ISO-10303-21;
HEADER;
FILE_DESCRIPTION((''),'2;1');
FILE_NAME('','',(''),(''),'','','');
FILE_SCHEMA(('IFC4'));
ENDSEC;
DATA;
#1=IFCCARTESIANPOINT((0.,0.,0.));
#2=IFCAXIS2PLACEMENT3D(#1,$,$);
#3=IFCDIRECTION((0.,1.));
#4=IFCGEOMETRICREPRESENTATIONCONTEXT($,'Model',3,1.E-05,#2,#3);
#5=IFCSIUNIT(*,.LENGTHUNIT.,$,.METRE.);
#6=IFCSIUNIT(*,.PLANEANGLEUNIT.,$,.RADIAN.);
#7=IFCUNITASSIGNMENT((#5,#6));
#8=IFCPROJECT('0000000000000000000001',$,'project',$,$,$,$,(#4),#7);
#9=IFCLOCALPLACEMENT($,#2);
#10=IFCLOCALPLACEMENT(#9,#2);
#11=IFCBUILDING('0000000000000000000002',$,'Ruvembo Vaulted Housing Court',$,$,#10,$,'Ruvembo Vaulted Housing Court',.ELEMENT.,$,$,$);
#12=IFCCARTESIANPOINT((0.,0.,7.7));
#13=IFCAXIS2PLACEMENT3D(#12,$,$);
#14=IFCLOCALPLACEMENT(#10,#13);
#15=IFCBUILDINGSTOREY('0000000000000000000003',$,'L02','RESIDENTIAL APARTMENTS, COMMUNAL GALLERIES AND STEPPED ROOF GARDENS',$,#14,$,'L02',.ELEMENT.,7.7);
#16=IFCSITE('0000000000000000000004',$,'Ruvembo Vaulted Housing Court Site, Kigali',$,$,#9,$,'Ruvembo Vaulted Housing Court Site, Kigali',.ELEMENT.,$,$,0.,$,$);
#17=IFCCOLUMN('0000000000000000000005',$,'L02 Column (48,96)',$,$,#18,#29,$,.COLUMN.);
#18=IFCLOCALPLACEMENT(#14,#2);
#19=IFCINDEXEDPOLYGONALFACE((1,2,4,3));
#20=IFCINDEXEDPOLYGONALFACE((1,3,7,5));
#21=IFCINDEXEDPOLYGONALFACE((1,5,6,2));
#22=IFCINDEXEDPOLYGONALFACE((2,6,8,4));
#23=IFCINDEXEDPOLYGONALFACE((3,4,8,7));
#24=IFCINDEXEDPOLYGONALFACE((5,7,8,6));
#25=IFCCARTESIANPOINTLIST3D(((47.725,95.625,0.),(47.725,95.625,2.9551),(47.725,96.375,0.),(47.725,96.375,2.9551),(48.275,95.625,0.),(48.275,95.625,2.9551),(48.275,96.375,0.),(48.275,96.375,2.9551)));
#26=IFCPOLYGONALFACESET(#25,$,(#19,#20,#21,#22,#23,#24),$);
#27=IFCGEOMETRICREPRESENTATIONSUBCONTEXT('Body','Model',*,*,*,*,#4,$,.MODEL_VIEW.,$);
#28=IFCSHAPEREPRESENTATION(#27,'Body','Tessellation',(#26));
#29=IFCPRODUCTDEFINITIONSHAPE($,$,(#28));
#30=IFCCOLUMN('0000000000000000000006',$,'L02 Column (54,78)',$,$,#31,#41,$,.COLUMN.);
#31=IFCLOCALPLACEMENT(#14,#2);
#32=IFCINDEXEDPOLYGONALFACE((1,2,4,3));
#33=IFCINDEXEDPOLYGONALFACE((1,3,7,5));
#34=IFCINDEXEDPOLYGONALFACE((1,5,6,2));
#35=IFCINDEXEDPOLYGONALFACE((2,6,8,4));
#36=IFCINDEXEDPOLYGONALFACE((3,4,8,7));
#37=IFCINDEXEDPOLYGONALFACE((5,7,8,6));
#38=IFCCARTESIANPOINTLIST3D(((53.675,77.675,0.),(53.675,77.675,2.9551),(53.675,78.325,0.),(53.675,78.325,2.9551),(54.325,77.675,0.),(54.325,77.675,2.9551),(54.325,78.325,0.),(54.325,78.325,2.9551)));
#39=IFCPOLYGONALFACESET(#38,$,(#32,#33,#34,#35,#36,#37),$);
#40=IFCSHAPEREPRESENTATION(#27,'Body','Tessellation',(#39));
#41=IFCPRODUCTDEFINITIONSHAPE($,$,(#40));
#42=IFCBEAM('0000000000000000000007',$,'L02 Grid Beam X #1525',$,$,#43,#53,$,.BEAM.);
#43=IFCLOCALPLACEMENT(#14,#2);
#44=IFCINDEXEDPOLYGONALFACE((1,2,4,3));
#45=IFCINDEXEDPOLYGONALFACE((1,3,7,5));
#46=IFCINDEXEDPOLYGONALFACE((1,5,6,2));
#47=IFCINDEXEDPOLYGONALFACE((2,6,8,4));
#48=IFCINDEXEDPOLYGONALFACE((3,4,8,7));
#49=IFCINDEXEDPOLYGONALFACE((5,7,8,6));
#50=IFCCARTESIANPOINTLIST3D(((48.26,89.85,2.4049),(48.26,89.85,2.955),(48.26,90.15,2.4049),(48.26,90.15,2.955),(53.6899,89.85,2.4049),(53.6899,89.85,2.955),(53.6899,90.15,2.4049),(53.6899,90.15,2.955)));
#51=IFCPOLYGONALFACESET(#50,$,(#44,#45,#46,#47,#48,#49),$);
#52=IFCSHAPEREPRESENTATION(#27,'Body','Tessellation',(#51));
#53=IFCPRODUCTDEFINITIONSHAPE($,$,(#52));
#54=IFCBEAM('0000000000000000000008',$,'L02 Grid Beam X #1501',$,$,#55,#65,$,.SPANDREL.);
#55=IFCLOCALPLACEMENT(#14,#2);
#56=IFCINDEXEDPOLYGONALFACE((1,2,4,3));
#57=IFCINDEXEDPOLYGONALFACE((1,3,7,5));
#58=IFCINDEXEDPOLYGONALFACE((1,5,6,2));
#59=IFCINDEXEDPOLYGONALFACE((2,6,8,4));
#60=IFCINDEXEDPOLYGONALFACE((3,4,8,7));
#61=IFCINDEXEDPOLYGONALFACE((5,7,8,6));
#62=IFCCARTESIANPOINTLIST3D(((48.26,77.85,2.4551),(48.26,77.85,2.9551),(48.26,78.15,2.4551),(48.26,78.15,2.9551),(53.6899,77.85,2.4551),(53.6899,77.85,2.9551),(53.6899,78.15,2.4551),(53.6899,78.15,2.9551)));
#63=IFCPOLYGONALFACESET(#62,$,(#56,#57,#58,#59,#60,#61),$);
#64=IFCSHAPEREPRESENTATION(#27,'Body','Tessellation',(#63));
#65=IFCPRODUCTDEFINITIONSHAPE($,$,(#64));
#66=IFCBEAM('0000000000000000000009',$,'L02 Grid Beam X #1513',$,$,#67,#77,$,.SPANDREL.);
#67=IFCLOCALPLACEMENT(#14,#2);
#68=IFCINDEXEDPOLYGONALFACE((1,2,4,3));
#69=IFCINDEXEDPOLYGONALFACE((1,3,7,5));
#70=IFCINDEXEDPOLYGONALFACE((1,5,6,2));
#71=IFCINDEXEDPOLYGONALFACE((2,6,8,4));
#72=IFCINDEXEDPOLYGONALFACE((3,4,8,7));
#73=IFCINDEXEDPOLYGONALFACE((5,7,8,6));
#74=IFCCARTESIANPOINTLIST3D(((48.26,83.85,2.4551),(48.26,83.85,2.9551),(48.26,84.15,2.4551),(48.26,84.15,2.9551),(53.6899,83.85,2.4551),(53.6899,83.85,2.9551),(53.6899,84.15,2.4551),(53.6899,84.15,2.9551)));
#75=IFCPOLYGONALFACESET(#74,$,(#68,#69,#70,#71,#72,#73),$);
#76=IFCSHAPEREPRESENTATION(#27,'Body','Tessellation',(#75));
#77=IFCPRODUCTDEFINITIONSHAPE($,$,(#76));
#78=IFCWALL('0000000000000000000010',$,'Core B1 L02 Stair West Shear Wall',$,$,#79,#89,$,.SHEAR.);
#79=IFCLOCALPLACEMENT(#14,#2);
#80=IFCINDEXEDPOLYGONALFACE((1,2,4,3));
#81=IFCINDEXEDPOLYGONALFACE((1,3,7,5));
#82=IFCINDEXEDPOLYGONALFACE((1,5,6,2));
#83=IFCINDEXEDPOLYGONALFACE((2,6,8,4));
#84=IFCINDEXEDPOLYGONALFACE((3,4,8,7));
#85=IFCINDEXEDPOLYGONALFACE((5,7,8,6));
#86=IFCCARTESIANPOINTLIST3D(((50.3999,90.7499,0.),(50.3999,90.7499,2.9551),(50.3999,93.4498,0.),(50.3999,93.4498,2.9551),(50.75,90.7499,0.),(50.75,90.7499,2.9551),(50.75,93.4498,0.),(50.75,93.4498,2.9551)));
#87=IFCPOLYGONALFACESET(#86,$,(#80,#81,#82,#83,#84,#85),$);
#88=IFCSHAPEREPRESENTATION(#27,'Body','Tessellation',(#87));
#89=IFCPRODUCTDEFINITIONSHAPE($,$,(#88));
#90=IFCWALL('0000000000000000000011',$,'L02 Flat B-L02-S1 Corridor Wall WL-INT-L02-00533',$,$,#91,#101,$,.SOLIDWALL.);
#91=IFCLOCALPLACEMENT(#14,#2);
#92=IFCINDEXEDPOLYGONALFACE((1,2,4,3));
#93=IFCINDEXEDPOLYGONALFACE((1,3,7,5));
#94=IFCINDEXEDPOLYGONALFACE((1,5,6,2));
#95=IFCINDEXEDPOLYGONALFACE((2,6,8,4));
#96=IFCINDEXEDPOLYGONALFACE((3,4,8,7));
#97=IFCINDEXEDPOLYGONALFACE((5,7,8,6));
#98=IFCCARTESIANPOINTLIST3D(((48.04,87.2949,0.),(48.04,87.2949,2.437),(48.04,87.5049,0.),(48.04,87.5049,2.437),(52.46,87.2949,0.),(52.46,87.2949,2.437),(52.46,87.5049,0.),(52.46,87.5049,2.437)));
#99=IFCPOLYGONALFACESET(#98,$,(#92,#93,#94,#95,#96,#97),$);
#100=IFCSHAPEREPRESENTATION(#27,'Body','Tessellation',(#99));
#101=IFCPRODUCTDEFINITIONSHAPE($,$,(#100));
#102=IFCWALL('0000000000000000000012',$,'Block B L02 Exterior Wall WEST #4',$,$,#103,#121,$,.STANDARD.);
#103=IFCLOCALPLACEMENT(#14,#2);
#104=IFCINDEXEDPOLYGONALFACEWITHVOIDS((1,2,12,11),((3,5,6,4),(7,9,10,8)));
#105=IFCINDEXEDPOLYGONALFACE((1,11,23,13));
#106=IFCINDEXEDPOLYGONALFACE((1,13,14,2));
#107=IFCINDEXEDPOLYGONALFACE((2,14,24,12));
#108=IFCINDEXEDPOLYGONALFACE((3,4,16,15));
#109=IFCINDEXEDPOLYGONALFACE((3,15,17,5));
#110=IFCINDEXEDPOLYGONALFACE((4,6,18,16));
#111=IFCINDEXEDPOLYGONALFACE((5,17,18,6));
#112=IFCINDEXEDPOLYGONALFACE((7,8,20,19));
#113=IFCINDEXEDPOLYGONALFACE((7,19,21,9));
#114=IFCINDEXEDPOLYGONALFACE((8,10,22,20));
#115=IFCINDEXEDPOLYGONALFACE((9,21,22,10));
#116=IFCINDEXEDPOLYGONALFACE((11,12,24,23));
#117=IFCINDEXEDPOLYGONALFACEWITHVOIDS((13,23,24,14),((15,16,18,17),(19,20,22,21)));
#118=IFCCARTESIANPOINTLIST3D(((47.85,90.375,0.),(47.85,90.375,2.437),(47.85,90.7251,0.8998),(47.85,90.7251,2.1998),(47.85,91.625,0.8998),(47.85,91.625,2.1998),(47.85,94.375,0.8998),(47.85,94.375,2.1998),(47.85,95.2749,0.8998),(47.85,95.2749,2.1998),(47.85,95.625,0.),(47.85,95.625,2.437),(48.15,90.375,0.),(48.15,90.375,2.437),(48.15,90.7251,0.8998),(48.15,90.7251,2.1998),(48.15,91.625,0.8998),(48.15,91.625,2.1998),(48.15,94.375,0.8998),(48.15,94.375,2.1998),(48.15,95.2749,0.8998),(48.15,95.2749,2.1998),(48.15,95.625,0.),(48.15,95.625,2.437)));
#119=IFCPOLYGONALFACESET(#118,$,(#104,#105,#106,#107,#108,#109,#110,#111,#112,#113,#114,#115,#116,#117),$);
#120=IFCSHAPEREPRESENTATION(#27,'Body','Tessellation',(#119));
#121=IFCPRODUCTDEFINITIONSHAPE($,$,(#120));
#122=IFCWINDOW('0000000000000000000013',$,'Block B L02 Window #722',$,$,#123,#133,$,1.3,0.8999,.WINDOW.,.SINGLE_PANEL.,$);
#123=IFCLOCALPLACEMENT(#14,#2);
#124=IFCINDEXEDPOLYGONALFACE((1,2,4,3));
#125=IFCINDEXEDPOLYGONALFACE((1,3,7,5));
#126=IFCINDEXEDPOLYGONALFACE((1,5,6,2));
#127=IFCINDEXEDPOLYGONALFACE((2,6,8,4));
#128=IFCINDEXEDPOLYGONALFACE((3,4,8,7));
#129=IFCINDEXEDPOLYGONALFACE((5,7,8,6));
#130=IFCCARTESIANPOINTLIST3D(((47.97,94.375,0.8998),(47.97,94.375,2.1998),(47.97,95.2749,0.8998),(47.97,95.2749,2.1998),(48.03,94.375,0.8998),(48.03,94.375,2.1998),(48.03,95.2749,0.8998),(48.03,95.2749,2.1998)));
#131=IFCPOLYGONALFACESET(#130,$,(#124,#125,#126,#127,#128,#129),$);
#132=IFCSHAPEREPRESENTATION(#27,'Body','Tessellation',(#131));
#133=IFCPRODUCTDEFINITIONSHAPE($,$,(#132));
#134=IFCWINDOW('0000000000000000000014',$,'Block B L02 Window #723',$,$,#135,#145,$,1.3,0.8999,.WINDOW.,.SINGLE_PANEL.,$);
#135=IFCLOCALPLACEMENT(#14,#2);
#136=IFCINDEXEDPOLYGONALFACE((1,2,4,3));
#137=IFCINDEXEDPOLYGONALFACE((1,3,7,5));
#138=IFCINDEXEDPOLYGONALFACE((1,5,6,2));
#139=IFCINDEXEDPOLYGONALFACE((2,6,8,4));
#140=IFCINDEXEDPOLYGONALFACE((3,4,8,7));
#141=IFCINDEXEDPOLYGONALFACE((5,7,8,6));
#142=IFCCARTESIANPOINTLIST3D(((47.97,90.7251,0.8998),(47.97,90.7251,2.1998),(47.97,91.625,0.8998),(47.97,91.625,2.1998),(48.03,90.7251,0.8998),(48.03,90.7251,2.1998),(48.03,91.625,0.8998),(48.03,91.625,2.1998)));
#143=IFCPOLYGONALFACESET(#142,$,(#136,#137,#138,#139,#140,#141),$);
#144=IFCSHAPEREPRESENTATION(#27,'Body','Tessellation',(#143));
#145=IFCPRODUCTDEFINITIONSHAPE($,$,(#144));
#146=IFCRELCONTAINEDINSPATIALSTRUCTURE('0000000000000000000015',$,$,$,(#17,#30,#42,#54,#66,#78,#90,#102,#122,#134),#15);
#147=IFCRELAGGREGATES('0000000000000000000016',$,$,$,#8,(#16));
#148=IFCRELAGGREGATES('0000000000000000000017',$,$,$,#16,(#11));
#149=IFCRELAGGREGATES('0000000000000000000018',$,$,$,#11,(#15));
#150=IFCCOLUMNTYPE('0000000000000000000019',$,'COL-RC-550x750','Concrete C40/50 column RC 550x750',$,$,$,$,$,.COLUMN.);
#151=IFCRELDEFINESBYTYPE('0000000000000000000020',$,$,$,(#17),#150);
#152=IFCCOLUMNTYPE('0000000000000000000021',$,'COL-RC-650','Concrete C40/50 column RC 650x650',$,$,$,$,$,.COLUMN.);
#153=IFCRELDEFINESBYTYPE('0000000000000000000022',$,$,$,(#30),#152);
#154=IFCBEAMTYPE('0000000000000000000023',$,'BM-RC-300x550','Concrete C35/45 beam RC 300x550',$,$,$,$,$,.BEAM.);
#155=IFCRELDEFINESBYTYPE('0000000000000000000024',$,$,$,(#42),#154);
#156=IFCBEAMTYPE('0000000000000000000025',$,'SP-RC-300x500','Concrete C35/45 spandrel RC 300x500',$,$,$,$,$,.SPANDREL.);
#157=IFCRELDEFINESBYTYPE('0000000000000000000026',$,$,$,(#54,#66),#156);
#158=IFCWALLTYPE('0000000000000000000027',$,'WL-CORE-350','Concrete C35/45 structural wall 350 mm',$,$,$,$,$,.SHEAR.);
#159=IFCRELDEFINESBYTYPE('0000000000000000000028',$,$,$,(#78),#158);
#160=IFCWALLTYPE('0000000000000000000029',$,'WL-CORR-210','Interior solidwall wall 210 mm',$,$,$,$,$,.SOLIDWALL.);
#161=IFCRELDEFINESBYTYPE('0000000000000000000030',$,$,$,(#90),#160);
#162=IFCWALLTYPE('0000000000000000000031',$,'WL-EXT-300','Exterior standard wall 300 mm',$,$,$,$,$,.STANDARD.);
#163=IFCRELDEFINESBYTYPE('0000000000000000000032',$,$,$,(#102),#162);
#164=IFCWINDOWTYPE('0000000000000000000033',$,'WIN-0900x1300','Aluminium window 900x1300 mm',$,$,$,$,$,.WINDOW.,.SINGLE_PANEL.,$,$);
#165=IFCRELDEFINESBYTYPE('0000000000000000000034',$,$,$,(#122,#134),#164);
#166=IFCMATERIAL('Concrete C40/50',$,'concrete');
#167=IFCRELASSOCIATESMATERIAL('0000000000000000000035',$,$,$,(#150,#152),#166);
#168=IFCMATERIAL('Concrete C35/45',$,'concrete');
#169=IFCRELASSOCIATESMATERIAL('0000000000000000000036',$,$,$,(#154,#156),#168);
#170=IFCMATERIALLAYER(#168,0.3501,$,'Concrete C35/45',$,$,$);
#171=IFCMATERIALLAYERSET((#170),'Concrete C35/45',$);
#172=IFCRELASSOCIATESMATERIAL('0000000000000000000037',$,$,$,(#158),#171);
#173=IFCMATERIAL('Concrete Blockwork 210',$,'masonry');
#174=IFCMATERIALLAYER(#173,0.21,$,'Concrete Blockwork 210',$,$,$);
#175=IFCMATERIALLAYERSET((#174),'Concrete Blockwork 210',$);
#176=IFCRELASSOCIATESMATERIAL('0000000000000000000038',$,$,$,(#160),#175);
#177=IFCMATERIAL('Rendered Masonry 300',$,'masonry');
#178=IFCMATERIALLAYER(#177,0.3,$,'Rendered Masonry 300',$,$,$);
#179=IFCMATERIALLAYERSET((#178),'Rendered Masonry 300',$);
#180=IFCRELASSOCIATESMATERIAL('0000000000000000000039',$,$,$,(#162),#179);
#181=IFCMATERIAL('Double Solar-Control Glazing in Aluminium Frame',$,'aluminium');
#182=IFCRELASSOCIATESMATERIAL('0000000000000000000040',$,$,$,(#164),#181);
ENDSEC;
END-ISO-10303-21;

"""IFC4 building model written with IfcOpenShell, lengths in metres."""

from ifc_helpers import new_model, si_unit, direction, frame, frame_2d, origin, origin_2d, place, context, subcontext, project, spatial, rectangle, extrude, material, layer, layer_set, material_profile, profile_set, type_object, element, fill, save


model = new_model("IFC4")

# Units and contexts
model_context = context("Model", 3, precision=1e-05, world=origin(), true_north=direction((0.0, 1.0)))
body_context = subcontext(model_context, "Body", "Model", "MODEL_VIEW")
ifc_project = project(units=[si_unit("LENGTHUNIT", "METRE"), si_unit("PLANEANGLEUNIT", "RADIAN")], contexts=[model_context])

# Site, building, storey
site_placement = place(None, origin())
site = spatial("IfcSite", under=ifc_project, at=site_placement, Name="Ruvembo Vaulted Housing Court Site, Kigali", LongName="Ruvembo Vaulted Housing Court Site, Kigali", CompositionType="ELEMENT", RefElevation=0.0)
building_placement = place(site_placement, origin())
building = spatial("IfcBuilding", under=site, at=building_placement, Name="Ruvembo Vaulted Housing Court", LongName="Ruvembo Vaulted Housing Court", CompositionType="ELEMENT")
storey_placement = place(building_placement, frame((0.0, 0.0, 7.7)))
storey = spatial("IfcBuildingStorey", under=building, at=storey_placement, Name="L02", Description="RESIDENTIAL APARTMENTS, COMMUNAL GALLERIES AND STEPPED ROOF GARDENS", LongName="L02", CompositionType="ELEMENT", Elevation=7.7)

# Columns
ifc_material_1 = material(Name="Concrete C40/50", Category="concrete")
ifc_material_profile_1 = material_profile(ifc_material_1, rectangle(XDim=0.55, YDim=0.75, at=origin_2d()), Name="RC 550x750")
ifc_profile_set_1 = profile_set([ifc_material_profile_1], Name="Concrete C40/50")
column_type_1 = type_object("IfcColumnType", Name="COL-RC-550x750", Description="Concrete C40/50 column RC 550x750", PredefinedType="COLUMN", material=ifc_profile_set_1)
column_1_placement = place(storey_placement, frame((48.0, 96.0, 0.0), z_axis=(0.0, 0.0, 1.0), x_axis=(1.0, 0.0, 0.0)))
element("IfcColumn", 1, at=column_1_placement, inside=storey, type_object=column_type_1, Name="L02 Column (48,96)", PredefinedType="COLUMN", context=body_context, shape_type="SweptSolid", body=[
    extrude(rectangle(XDim=0.55, YDim=0.75, at=origin_2d()), origin(), (0.0, 0.0, 1.0), 2.9551),
])
ifc_material_profile_2 = material_profile(ifc_material_1, rectangle(XDim=0.6499, YDim=0.6499, at=origin_2d()), Name="RC 650x650")
ifc_profile_set_2 = profile_set([ifc_material_profile_2], Name="Concrete C40/50")
column_type_2 = type_object("IfcColumnType", Name="COL-RC-650", Description="Concrete C40/50 column RC 650x650", PredefinedType="COLUMN", material=ifc_profile_set_2)
column_2_placement = place(storey_placement, frame((54.0, 78.0, 0.0), z_axis=(0.0, 0.0, 1.0), x_axis=(1.0, 0.0, 0.0)))
element("IfcColumn", 2, at=column_2_placement, inside=storey, type_object=column_type_2, Name="L02 Column (54,78)", PredefinedType="COLUMN", context=body_context, shape_type="SweptSolid", body=[
    extrude(rectangle(XDim=0.6499, YDim=0.6499, at=origin_2d()), origin(), (0.0, 0.0, 1.0), 2.9551),
])

# Beams
ifc_material_2 = material(Name="Concrete C35/45", Category="concrete")
ifc_material_profile_3 = material_profile(ifc_material_2, rectangle(XDim=0.3, YDim=0.55, at=origin_2d()), Name="RC 300x550")
ifc_profile_set_3 = profile_set([ifc_material_profile_3], Name="Concrete C35/45")
beam_type_1 = type_object("IfcBeamType", Name="BM-RC-300x550", Description="Concrete C35/45 beam RC 300x550", PredefinedType="BEAM", material=ifc_profile_set_3)
beam_placement = place(storey_placement, frame((48.26, 90.0, 2.6799), z_axis=(1.0, 0.0, 0.0), x_axis=(0.0, 1.0, 0.0)))
element("IfcBeam", 3, at=beam_placement, inside=storey, type_object=beam_type_1, Name="L02 Grid Beam X #1525", PredefinedType="BEAM", context=body_context, shape_type="SweptSolid", body=[
    extrude(rectangle(XDim=0.3, YDim=0.55, at=origin_2d()), origin(), (0.0, 0.0, 1.0), 5.4299),
])
ifc_material_profile_4 = material_profile(ifc_material_2, rectangle(XDim=0.3, YDim=0.5, at=origin_2d()), Name="RC 300x500")
ifc_profile_set_4 = profile_set([ifc_material_profile_4], Name="Concrete C35/45")
beam_type_2 = type_object("IfcBeamType", Name="SP-RC-300x500", Description="Concrete C35/45 spandrel RC 300x500", PredefinedType="SPANDREL", material=ifc_profile_set_4)
for number, where, z_axis, x_axis, name in (
    (4, (48.26, 78.0, 2.7051), (1.0, 0.0, 0.0), (0.0, 1.0, 0.0), "L02 Grid Beam X #1501"),
    (5, (48.26, 84.0, 2.7051), (1.0, 0.0, 0.0), (0.0, 1.0, 0.0), "L02 Grid Beam X #1513"),
):
    element("IfcBeam", number, at=place(storey_placement, frame(where, z_axis=z_axis, x_axis=x_axis)), inside=storey, type_object=beam_type_2, Name=name, PredefinedType="SPANDREL", context=body_context, shape_type="SweptSolid", body=[
        extrude(rectangle(XDim=0.3, YDim=0.5, at=origin_2d()), origin(), (0.0, 0.0, 1.0), 5.4299),
    ])

# Shared definitions
ifc_layer_1 = layer(ifc_material_2, 0.3501, Name="Concrete C35/45")
ifc_layer_set_1 = layer_set([ifc_layer_1], Name="Concrete C35/45")
wall_type_1 = type_object("IfcWallType", Name="WL-CORE-350", Description="Concrete C35/45 structural wall 350 mm", PredefinedType="SHEAR", material=ifc_layer_set_1)

# Walls
wall_1_placement = place(storey_placement, frame((50.575, 93.45, 0.0), z_axis=(0.0, 0.0, 1.0), x_axis=(0.0, -1.0, 0.0)))
element("IfcWall", 6, at=wall_1_placement, inside=storey, type_object=wall_type_1, Name="Core B1 L02 Stair West Shear Wall", PredefinedType="SHEAR", context=body_context, shape_type="SweptSolid", body=[
    extrude(rectangle(XDim=2.7, YDim=0.3501, at=frame_2d((1.3501, 0.0))), origin(), (0.0, 0.0, 1.0), 2.9551),
])
ifc_material_3 = material(Name="Concrete Blockwork 210", Category="masonry")
ifc_layer_2 = layer(ifc_material_3, 0.21, Name="Concrete Blockwork 210")
ifc_layer_set_2 = layer_set([ifc_layer_2], Name="Concrete Blockwork 210")
wall_type_2 = type_object("IfcWallType", Name="WL-CORR-210", Description="Interior solidwall wall 210 mm", PredefinedType="SOLIDWALL", material=ifc_layer_set_2)
wall_2_placement = place(storey_placement, frame((48.04, 87.3999, 0.0), z_axis=(0.0, 0.0, 1.0), x_axis=(1.0, 0.0, 0.0)))
element("IfcWall", 7, at=wall_2_placement, inside=storey, type_object=wall_type_2, Name="L02 Flat B-L02-S1 Corridor Wall WL-INT-L02-00533", PredefinedType="SOLIDWALL", context=body_context, shape_type="SweptSolid", body=[
    extrude(rectangle(XDim=4.4199, YDim=0.21, at=frame_2d((2.21, 0.0))), origin(), (0.0, 0.0, 1.0), 2.437),
])

# Shared definitions
ifc_material_4 = material(Name="Rendered Masonry 300", Category="masonry")
ifc_layer_3 = layer(ifc_material_4, 0.3, Name="Rendered Masonry 300")
ifc_layer_set_3 = layer_set([ifc_layer_3], Name="Rendered Masonry 300")
wall_type_3 = type_object("IfcWallType", Name="WL-EXT-300", Description="Exterior standard wall 300 mm", PredefinedType="STANDARD", material=ifc_layer_set_3)

# Wall, openings, windows
wall_3_placement = place(storey_placement, frame((48.0, 95.625, 0.0), z_axis=(0.0, 0.0, 1.0), x_axis=(0.0, -1.0, 0.0)))
wall_3 = element("IfcWall", 8, at=wall_3_placement, inside=storey, type_object=wall_type_3, Name="Block B L02 Exterior Wall WEST #4", PredefinedType="STANDARD", context=body_context, shape_type="SweptSolid", body=[
    extrude(rectangle(XDim=5.25, YDim=0.3, at=frame_2d((2.625, 0.0))), origin(), (0.0, 0.0, 1.0), 2.437),
])
opening_1_placement = place(wall_3_placement, frame((0.3501, 0.0, 0.8999)))
opening_1 = element("IfcOpeningElement", 9, at=opening_1_placement, cuts=wall_3, PredefinedType="OPENING", context=body_context, shape_type="SweptSolid", body=[
    extrude(rectangle(XDim=0.8999, YDim=1.3, at=frame_2d((0.45, 0.6499))), frame((0.0, 0.1599, 0.0), z_axis=(0.0, -1.0, 0.0), x_axis=(1.0, 0.0, 0.0)), (0.0, 0.0, 1.0), 0.3201),
])
opening_2_placement = place(wall_3_placement, frame((4.0, 0.0, 0.8999)))
opening_2 = element("IfcOpeningElement", 10, at=opening_2_placement, cuts=wall_3, PredefinedType="OPENING", context=body_context, shape_type="SweptSolid", body=[
    extrude(rectangle(XDim=0.8999, YDim=1.3, at=frame_2d((0.45, 0.6499))), frame((0.0, 0.1599, 0.0), z_axis=(0.0, -1.0, 0.0), x_axis=(1.0, 0.0, 0.0)), (0.0, 0.0, 1.0), 0.3201),
])
ifc_material_5 = material(Name="Double Solar-Control Glazing in Aluminium Frame", Category="aluminium")
window_type = type_object("IfcWindowType", Name="WIN-0900x1300", Description="Aluminium window 900x1300 mm", PartitioningType="SINGLE_PANEL", PredefinedType="WINDOW", material=ifc_material_5)
window_1_placement = place(opening_1_placement, origin())
window_1 = element("IfcWindow", 11, at=window_1_placement, inside=storey, type_object=window_type, Name="Block B L02 Window #722", OverallHeight=1.3, OverallWidth=0.8999, PartitioningType="SINGLE_PANEL", PredefinedType="WINDOW", context=body_context, shape_type="SweptSolid", body=[
    extrude(rectangle(XDim=0.8999, YDim=1.3, at=frame_2d((0.45, 0.6499))), frame((0.0, 0.03, 0.0), z_axis=(0.0, -1.0, 0.0), x_axis=(1.0, 0.0, 0.0)), (0.0, 0.0, 1.0), 0.0601),
])
fill(opening_1, window_1)
window_2_placement = place(opening_2_placement, origin())
window_2 = element("IfcWindow", 12, at=window_2_placement, inside=storey, type_object=window_type, Name="Block B L02 Window #723", OverallHeight=1.3, OverallWidth=0.8999, PartitioningType="SINGLE_PANEL", PredefinedType="WINDOW", context=body_context, shape_type="SweptSolid", body=[
    extrude(rectangle(XDim=0.8999, YDim=1.3, at=frame_2d((0.45, 0.6499))), frame((0.0, 0.03, 0.0), z_axis=(0.0, -1.0, 0.0), x_axis=(1.0, 0.0, 0.0)), (0.0, 0.0, 1.0), 0.0601),
])
fill(opening_2, window_2)

save(model, "model.ifc")
